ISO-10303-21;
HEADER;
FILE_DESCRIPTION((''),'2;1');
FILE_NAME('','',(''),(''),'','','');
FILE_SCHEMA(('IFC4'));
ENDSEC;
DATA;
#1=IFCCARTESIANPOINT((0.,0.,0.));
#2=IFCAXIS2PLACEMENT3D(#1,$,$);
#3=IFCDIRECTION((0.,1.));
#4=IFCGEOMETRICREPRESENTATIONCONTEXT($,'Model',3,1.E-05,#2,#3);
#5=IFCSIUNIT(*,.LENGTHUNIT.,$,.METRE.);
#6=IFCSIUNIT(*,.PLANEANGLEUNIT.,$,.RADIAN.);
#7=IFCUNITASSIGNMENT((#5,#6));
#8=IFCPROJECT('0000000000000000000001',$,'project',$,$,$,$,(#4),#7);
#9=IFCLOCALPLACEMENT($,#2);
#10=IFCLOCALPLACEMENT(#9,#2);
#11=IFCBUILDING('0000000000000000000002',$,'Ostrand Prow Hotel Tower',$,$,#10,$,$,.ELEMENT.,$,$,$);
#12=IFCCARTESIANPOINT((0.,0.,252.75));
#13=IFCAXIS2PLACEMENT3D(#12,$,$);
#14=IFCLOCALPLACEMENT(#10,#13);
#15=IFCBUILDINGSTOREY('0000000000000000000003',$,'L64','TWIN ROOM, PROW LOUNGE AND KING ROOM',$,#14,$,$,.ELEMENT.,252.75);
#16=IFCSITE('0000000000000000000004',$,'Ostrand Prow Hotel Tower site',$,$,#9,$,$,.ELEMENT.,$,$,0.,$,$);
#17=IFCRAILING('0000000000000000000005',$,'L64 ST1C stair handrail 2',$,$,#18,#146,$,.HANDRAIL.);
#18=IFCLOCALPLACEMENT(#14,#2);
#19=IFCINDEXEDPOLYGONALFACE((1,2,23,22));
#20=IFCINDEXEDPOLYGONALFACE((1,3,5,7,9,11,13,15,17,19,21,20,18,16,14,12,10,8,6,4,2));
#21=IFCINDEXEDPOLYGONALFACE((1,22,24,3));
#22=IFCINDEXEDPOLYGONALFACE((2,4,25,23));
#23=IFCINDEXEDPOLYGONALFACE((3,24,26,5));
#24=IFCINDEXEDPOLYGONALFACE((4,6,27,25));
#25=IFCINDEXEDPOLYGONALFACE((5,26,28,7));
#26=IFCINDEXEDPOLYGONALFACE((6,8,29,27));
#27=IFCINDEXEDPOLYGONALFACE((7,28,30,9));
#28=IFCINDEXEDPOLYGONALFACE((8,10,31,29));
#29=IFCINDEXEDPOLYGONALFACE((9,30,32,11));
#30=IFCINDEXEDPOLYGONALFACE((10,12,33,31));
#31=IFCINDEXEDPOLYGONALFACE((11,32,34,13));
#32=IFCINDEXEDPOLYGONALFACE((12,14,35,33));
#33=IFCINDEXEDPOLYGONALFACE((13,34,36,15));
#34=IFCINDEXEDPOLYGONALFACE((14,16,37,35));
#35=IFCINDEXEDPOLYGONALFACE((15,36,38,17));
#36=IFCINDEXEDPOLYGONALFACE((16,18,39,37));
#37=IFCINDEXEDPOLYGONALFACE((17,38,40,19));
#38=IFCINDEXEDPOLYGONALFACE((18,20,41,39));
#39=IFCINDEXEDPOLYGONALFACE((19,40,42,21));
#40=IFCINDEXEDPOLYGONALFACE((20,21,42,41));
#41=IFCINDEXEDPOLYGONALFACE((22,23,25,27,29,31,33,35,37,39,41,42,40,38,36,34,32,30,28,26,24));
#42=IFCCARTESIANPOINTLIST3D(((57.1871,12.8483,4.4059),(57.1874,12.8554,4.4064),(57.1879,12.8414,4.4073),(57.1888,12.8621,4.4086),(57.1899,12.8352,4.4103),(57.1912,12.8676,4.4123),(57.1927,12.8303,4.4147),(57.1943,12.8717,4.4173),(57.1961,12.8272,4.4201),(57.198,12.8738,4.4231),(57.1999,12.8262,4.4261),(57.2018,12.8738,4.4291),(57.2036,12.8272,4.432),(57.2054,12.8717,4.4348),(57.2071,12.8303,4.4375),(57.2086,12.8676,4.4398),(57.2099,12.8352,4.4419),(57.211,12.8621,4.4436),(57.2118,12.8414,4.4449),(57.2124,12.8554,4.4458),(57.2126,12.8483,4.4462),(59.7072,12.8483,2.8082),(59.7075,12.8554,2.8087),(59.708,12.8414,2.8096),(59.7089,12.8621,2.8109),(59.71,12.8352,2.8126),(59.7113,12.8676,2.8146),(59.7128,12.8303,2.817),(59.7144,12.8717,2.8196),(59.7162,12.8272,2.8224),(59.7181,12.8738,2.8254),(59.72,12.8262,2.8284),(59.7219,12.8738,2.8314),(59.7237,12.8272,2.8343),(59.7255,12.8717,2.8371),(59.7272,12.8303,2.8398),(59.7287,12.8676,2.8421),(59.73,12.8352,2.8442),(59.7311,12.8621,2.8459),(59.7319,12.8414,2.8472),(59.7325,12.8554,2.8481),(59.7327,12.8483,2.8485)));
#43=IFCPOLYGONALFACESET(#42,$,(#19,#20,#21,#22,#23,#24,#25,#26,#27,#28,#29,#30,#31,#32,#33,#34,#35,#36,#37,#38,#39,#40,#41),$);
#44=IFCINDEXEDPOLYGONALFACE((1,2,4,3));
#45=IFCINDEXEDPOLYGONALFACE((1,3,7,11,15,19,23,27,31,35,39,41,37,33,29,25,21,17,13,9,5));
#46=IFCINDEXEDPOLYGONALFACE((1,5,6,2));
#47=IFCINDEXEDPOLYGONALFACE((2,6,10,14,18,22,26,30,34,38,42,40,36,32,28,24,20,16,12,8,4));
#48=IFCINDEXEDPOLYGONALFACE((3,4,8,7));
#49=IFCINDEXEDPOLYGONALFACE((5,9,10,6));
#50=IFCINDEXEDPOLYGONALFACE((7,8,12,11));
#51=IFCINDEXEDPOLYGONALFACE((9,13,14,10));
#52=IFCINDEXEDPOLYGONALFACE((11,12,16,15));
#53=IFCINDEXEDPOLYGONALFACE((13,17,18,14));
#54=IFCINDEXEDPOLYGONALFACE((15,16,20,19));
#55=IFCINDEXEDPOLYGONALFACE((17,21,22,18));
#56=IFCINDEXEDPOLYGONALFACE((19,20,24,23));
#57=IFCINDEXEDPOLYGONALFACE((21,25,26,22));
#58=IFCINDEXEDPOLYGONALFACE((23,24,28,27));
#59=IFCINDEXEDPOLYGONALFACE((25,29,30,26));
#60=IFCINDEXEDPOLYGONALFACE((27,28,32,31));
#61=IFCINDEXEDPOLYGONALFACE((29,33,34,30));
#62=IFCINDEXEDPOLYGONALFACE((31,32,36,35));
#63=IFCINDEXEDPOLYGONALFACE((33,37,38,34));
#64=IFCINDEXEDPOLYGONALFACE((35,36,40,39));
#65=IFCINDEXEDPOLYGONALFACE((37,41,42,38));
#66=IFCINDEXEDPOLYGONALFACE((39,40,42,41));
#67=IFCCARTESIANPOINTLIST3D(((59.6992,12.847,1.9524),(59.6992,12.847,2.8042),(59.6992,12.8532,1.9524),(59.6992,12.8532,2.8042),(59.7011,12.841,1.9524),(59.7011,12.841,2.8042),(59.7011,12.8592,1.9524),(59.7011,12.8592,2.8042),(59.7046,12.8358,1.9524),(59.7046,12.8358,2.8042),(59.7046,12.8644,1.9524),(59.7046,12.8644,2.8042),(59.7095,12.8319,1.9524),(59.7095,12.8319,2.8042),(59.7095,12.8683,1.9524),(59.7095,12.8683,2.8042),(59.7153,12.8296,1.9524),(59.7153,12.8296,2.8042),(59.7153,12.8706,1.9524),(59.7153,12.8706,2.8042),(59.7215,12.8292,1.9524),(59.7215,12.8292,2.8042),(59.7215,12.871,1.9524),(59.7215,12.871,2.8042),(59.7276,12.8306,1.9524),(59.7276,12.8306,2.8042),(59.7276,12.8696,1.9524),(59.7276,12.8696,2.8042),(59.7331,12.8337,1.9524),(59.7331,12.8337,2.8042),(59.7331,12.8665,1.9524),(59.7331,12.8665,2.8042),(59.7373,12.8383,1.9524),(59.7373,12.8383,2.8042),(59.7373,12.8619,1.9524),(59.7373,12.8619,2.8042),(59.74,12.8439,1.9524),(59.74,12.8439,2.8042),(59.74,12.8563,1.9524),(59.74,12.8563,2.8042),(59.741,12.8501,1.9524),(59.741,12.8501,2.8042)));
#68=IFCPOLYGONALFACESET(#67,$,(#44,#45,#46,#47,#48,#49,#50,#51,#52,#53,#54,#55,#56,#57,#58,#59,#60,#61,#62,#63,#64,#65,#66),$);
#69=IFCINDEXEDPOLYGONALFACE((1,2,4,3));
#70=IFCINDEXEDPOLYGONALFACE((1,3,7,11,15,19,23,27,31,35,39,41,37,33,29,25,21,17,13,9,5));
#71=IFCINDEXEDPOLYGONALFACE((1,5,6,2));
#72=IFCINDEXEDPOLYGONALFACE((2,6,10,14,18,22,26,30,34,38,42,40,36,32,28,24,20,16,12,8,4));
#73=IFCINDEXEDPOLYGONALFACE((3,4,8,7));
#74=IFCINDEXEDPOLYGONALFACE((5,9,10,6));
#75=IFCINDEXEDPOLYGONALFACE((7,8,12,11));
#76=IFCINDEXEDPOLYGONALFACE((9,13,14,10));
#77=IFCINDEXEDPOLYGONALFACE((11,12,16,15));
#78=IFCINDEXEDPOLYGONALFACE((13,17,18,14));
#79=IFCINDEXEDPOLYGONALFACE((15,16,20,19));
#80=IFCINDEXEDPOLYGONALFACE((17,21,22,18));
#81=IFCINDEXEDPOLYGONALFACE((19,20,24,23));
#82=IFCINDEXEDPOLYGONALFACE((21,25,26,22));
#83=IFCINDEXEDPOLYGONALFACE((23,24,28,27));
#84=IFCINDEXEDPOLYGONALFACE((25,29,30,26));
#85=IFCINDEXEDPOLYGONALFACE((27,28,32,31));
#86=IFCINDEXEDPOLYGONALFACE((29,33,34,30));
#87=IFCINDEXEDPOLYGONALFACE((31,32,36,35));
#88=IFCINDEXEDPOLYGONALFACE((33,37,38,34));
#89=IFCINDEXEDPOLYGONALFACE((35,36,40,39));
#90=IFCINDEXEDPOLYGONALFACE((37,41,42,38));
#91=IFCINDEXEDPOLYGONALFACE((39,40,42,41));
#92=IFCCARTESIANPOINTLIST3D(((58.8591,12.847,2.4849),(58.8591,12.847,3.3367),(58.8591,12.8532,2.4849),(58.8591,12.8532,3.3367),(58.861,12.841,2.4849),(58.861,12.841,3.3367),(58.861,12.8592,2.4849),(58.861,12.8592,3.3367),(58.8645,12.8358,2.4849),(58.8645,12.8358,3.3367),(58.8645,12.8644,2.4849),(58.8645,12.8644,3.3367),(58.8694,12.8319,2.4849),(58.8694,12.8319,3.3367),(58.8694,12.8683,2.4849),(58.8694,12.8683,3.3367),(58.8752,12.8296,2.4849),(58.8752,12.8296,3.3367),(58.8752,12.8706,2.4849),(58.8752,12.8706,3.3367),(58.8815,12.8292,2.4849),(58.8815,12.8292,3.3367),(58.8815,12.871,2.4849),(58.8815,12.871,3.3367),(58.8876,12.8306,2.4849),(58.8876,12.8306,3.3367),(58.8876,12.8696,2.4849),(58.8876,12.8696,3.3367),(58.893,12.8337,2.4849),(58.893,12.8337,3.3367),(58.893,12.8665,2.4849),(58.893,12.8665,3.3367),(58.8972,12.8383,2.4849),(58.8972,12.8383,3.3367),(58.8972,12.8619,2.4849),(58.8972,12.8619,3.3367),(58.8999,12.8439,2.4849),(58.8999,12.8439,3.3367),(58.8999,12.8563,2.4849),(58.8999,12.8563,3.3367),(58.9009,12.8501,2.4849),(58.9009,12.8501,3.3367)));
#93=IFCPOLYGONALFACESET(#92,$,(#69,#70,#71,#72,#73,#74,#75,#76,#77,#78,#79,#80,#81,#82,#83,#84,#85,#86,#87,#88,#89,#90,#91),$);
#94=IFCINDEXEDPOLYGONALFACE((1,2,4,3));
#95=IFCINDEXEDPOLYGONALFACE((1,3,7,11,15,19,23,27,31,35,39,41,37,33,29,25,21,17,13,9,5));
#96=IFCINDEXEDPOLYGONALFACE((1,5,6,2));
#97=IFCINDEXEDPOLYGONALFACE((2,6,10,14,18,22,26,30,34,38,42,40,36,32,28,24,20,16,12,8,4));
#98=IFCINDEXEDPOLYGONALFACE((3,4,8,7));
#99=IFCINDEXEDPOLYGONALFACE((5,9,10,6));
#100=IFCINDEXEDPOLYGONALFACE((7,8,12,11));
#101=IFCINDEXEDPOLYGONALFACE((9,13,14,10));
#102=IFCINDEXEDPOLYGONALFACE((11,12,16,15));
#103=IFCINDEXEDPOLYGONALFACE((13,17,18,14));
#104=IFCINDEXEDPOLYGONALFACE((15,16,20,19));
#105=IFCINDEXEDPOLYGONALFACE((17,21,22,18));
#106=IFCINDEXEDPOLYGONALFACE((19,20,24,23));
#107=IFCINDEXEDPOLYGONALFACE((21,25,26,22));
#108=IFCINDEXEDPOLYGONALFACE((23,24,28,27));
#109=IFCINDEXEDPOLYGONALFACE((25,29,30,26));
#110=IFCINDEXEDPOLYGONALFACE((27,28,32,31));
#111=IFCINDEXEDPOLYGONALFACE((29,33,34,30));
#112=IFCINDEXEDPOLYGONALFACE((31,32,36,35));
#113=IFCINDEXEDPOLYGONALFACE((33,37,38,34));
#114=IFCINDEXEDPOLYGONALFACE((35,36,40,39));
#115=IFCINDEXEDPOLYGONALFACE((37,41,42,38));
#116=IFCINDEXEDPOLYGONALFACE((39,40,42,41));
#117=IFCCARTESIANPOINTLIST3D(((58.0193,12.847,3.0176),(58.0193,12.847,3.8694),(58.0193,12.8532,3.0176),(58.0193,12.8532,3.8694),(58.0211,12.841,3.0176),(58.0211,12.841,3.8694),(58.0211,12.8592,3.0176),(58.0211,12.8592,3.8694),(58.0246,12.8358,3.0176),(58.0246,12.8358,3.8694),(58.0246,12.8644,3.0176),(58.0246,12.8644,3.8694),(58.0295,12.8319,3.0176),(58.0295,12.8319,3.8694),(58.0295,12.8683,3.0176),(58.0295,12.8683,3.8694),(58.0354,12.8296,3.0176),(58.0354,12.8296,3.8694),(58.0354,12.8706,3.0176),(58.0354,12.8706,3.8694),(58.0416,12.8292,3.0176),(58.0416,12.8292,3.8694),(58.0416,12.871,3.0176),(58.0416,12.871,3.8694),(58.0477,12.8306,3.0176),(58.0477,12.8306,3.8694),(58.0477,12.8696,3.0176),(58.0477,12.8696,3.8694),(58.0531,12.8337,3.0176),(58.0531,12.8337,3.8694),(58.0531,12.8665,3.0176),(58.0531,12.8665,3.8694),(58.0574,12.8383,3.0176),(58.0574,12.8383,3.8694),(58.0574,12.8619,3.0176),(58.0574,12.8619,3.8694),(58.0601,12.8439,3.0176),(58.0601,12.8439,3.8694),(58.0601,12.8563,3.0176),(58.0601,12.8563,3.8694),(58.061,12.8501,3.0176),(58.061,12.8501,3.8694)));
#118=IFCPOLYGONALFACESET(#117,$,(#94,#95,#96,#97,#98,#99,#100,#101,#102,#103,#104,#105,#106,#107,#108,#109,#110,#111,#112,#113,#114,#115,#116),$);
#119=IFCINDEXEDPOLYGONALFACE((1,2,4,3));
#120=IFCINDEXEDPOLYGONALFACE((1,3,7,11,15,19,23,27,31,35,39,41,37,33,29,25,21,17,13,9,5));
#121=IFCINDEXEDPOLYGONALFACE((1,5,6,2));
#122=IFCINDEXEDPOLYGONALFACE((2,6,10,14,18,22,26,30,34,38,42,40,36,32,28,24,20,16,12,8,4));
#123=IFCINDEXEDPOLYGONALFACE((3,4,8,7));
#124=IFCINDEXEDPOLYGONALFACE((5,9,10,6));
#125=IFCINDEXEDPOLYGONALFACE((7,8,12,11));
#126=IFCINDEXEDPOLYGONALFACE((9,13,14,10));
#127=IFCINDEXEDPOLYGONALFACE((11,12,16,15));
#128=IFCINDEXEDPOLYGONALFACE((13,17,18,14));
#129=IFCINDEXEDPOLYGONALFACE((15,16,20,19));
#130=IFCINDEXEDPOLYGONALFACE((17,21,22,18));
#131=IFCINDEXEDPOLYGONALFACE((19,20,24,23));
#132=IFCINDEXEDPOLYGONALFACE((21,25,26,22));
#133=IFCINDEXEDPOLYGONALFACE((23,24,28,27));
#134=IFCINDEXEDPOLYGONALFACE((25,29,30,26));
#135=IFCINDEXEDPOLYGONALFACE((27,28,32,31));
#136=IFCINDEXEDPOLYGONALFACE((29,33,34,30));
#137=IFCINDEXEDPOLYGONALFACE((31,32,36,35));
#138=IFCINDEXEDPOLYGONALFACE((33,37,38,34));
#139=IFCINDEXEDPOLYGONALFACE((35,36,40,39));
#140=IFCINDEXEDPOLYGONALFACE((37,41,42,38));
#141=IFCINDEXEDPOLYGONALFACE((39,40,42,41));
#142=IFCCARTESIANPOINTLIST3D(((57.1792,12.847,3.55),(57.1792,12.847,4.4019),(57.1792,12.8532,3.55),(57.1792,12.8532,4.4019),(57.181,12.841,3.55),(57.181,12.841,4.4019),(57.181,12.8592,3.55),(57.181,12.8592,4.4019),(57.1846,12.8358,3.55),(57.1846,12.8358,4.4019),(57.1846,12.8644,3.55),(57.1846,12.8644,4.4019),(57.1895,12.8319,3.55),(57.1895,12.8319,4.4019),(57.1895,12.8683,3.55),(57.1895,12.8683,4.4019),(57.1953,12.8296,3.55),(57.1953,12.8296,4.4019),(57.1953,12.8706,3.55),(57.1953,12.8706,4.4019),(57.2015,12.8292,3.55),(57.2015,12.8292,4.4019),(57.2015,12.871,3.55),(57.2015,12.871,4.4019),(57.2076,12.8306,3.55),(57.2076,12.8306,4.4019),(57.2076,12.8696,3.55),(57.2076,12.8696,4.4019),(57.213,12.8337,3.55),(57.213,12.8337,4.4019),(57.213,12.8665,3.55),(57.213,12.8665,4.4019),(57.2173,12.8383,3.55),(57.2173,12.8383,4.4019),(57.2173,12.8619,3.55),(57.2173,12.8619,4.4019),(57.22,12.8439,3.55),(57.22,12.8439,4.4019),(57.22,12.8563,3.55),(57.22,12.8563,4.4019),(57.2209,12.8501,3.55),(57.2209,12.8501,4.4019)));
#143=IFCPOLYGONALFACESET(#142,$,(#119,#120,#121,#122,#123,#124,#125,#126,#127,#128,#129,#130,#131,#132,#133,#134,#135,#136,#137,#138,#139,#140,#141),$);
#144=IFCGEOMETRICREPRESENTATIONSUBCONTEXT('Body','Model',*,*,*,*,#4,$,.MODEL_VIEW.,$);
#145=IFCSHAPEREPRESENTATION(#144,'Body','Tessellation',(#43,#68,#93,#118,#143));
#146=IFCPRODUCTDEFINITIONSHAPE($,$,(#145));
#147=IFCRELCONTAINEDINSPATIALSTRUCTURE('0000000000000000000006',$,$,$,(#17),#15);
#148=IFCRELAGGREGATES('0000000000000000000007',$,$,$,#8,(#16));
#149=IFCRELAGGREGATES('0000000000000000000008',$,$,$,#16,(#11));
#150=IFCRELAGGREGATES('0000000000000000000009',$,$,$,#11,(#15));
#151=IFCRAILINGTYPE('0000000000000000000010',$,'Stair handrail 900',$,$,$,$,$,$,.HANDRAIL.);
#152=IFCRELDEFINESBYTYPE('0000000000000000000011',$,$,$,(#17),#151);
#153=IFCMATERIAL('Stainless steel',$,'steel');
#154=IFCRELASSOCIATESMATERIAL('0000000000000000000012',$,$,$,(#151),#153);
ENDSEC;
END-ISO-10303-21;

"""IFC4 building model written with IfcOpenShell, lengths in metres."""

from ifc_helpers import new_model, si_unit, direction, frame, origin, origin_2d, place, context, subcontext, project, spatial, circle, extrude, material, type_object, element, save


model = new_model("IFC4")

# Units and contexts
model_context = context("Model", 3, precision=1e-05, world=origin(), true_north=direction((0.0, 1.0)))
body_context = subcontext(model_context, "Body", "Model", "MODEL_VIEW")
ifc_project = project(units=[si_unit("LENGTHUNIT", "METRE"), si_unit("PLANEANGLEUNIT", "RADIAN")], contexts=[model_context])

# Site, building, storey
site_placement = place(None, origin())
site = spatial("IfcSite", under=ifc_project, at=site_placement, Name="Ostrand Prow Hotel Tower site", CompositionType="ELEMENT", RefElevation=0.0)
building_placement = place(site_placement, origin())
building = spatial("IfcBuilding", under=site, at=building_placement, Name="Ostrand Prow Hotel Tower", CompositionType="ELEMENT")
storey_placement = place(building_placement, frame((0.0, 0.0, 252.75)))
storey = spatial("IfcBuildingStorey", under=building, at=storey_placement, Name="L64", Description="TWIN ROOM, PROW LOUNGE AND KING ROOM", CompositionType="ELEMENT", Elevation=252.75)

# Railing
ifc_material_1 = material(Name="Stainless steel", Category="steel")
railing_type_1 = type_object("IfcRailingType", Name="Stair handrail 900", PredefinedType="HANDRAIL", material=ifc_material_1)
railing_1_placement = place(storey_placement, frame((59.72, 12.8501, 1.9524)))
element("IfcRailing", 1, at=railing_1_placement, inside=storey, type_object=railing_type_1, Name="L64 ST1C stair handrail 2", PredefinedType="HANDRAIL", context=body_context, shape_type="SweptSolid", body=[
    extrude(circle(Radius=0.0239, at=origin_2d()), frame((0.0, 0.0, 0.876), z_axis=(-0.84457, 0.0, 0.535445), x_axis=(0.0, -1.0, 0.0)), (0.0, 0.0, 1.0), 2.9839),
    extrude(circle(Radius=0.021, at=origin_2d()), origin(), (0.0, 0.0, 1.0), 0.8518),
    extrude(circle(Radius=0.021, at=origin_2d()), frame((-0.8401, 0.0, 0.5325)), (0.0, 0.0, 1.0), 0.8518),
    extrude(circle(Radius=0.021, at=origin_2d()), frame((-1.6799, 0.0, 1.0652)), (0.0, 0.0, 1.0), 0.8518),
    extrude(circle(Radius=0.021, at=origin_2d()), frame((-2.52, 0.0, 1.5977)), (0.0, 0.0, 1.0), 0.8518),
])

save(model, "model.ifc")
